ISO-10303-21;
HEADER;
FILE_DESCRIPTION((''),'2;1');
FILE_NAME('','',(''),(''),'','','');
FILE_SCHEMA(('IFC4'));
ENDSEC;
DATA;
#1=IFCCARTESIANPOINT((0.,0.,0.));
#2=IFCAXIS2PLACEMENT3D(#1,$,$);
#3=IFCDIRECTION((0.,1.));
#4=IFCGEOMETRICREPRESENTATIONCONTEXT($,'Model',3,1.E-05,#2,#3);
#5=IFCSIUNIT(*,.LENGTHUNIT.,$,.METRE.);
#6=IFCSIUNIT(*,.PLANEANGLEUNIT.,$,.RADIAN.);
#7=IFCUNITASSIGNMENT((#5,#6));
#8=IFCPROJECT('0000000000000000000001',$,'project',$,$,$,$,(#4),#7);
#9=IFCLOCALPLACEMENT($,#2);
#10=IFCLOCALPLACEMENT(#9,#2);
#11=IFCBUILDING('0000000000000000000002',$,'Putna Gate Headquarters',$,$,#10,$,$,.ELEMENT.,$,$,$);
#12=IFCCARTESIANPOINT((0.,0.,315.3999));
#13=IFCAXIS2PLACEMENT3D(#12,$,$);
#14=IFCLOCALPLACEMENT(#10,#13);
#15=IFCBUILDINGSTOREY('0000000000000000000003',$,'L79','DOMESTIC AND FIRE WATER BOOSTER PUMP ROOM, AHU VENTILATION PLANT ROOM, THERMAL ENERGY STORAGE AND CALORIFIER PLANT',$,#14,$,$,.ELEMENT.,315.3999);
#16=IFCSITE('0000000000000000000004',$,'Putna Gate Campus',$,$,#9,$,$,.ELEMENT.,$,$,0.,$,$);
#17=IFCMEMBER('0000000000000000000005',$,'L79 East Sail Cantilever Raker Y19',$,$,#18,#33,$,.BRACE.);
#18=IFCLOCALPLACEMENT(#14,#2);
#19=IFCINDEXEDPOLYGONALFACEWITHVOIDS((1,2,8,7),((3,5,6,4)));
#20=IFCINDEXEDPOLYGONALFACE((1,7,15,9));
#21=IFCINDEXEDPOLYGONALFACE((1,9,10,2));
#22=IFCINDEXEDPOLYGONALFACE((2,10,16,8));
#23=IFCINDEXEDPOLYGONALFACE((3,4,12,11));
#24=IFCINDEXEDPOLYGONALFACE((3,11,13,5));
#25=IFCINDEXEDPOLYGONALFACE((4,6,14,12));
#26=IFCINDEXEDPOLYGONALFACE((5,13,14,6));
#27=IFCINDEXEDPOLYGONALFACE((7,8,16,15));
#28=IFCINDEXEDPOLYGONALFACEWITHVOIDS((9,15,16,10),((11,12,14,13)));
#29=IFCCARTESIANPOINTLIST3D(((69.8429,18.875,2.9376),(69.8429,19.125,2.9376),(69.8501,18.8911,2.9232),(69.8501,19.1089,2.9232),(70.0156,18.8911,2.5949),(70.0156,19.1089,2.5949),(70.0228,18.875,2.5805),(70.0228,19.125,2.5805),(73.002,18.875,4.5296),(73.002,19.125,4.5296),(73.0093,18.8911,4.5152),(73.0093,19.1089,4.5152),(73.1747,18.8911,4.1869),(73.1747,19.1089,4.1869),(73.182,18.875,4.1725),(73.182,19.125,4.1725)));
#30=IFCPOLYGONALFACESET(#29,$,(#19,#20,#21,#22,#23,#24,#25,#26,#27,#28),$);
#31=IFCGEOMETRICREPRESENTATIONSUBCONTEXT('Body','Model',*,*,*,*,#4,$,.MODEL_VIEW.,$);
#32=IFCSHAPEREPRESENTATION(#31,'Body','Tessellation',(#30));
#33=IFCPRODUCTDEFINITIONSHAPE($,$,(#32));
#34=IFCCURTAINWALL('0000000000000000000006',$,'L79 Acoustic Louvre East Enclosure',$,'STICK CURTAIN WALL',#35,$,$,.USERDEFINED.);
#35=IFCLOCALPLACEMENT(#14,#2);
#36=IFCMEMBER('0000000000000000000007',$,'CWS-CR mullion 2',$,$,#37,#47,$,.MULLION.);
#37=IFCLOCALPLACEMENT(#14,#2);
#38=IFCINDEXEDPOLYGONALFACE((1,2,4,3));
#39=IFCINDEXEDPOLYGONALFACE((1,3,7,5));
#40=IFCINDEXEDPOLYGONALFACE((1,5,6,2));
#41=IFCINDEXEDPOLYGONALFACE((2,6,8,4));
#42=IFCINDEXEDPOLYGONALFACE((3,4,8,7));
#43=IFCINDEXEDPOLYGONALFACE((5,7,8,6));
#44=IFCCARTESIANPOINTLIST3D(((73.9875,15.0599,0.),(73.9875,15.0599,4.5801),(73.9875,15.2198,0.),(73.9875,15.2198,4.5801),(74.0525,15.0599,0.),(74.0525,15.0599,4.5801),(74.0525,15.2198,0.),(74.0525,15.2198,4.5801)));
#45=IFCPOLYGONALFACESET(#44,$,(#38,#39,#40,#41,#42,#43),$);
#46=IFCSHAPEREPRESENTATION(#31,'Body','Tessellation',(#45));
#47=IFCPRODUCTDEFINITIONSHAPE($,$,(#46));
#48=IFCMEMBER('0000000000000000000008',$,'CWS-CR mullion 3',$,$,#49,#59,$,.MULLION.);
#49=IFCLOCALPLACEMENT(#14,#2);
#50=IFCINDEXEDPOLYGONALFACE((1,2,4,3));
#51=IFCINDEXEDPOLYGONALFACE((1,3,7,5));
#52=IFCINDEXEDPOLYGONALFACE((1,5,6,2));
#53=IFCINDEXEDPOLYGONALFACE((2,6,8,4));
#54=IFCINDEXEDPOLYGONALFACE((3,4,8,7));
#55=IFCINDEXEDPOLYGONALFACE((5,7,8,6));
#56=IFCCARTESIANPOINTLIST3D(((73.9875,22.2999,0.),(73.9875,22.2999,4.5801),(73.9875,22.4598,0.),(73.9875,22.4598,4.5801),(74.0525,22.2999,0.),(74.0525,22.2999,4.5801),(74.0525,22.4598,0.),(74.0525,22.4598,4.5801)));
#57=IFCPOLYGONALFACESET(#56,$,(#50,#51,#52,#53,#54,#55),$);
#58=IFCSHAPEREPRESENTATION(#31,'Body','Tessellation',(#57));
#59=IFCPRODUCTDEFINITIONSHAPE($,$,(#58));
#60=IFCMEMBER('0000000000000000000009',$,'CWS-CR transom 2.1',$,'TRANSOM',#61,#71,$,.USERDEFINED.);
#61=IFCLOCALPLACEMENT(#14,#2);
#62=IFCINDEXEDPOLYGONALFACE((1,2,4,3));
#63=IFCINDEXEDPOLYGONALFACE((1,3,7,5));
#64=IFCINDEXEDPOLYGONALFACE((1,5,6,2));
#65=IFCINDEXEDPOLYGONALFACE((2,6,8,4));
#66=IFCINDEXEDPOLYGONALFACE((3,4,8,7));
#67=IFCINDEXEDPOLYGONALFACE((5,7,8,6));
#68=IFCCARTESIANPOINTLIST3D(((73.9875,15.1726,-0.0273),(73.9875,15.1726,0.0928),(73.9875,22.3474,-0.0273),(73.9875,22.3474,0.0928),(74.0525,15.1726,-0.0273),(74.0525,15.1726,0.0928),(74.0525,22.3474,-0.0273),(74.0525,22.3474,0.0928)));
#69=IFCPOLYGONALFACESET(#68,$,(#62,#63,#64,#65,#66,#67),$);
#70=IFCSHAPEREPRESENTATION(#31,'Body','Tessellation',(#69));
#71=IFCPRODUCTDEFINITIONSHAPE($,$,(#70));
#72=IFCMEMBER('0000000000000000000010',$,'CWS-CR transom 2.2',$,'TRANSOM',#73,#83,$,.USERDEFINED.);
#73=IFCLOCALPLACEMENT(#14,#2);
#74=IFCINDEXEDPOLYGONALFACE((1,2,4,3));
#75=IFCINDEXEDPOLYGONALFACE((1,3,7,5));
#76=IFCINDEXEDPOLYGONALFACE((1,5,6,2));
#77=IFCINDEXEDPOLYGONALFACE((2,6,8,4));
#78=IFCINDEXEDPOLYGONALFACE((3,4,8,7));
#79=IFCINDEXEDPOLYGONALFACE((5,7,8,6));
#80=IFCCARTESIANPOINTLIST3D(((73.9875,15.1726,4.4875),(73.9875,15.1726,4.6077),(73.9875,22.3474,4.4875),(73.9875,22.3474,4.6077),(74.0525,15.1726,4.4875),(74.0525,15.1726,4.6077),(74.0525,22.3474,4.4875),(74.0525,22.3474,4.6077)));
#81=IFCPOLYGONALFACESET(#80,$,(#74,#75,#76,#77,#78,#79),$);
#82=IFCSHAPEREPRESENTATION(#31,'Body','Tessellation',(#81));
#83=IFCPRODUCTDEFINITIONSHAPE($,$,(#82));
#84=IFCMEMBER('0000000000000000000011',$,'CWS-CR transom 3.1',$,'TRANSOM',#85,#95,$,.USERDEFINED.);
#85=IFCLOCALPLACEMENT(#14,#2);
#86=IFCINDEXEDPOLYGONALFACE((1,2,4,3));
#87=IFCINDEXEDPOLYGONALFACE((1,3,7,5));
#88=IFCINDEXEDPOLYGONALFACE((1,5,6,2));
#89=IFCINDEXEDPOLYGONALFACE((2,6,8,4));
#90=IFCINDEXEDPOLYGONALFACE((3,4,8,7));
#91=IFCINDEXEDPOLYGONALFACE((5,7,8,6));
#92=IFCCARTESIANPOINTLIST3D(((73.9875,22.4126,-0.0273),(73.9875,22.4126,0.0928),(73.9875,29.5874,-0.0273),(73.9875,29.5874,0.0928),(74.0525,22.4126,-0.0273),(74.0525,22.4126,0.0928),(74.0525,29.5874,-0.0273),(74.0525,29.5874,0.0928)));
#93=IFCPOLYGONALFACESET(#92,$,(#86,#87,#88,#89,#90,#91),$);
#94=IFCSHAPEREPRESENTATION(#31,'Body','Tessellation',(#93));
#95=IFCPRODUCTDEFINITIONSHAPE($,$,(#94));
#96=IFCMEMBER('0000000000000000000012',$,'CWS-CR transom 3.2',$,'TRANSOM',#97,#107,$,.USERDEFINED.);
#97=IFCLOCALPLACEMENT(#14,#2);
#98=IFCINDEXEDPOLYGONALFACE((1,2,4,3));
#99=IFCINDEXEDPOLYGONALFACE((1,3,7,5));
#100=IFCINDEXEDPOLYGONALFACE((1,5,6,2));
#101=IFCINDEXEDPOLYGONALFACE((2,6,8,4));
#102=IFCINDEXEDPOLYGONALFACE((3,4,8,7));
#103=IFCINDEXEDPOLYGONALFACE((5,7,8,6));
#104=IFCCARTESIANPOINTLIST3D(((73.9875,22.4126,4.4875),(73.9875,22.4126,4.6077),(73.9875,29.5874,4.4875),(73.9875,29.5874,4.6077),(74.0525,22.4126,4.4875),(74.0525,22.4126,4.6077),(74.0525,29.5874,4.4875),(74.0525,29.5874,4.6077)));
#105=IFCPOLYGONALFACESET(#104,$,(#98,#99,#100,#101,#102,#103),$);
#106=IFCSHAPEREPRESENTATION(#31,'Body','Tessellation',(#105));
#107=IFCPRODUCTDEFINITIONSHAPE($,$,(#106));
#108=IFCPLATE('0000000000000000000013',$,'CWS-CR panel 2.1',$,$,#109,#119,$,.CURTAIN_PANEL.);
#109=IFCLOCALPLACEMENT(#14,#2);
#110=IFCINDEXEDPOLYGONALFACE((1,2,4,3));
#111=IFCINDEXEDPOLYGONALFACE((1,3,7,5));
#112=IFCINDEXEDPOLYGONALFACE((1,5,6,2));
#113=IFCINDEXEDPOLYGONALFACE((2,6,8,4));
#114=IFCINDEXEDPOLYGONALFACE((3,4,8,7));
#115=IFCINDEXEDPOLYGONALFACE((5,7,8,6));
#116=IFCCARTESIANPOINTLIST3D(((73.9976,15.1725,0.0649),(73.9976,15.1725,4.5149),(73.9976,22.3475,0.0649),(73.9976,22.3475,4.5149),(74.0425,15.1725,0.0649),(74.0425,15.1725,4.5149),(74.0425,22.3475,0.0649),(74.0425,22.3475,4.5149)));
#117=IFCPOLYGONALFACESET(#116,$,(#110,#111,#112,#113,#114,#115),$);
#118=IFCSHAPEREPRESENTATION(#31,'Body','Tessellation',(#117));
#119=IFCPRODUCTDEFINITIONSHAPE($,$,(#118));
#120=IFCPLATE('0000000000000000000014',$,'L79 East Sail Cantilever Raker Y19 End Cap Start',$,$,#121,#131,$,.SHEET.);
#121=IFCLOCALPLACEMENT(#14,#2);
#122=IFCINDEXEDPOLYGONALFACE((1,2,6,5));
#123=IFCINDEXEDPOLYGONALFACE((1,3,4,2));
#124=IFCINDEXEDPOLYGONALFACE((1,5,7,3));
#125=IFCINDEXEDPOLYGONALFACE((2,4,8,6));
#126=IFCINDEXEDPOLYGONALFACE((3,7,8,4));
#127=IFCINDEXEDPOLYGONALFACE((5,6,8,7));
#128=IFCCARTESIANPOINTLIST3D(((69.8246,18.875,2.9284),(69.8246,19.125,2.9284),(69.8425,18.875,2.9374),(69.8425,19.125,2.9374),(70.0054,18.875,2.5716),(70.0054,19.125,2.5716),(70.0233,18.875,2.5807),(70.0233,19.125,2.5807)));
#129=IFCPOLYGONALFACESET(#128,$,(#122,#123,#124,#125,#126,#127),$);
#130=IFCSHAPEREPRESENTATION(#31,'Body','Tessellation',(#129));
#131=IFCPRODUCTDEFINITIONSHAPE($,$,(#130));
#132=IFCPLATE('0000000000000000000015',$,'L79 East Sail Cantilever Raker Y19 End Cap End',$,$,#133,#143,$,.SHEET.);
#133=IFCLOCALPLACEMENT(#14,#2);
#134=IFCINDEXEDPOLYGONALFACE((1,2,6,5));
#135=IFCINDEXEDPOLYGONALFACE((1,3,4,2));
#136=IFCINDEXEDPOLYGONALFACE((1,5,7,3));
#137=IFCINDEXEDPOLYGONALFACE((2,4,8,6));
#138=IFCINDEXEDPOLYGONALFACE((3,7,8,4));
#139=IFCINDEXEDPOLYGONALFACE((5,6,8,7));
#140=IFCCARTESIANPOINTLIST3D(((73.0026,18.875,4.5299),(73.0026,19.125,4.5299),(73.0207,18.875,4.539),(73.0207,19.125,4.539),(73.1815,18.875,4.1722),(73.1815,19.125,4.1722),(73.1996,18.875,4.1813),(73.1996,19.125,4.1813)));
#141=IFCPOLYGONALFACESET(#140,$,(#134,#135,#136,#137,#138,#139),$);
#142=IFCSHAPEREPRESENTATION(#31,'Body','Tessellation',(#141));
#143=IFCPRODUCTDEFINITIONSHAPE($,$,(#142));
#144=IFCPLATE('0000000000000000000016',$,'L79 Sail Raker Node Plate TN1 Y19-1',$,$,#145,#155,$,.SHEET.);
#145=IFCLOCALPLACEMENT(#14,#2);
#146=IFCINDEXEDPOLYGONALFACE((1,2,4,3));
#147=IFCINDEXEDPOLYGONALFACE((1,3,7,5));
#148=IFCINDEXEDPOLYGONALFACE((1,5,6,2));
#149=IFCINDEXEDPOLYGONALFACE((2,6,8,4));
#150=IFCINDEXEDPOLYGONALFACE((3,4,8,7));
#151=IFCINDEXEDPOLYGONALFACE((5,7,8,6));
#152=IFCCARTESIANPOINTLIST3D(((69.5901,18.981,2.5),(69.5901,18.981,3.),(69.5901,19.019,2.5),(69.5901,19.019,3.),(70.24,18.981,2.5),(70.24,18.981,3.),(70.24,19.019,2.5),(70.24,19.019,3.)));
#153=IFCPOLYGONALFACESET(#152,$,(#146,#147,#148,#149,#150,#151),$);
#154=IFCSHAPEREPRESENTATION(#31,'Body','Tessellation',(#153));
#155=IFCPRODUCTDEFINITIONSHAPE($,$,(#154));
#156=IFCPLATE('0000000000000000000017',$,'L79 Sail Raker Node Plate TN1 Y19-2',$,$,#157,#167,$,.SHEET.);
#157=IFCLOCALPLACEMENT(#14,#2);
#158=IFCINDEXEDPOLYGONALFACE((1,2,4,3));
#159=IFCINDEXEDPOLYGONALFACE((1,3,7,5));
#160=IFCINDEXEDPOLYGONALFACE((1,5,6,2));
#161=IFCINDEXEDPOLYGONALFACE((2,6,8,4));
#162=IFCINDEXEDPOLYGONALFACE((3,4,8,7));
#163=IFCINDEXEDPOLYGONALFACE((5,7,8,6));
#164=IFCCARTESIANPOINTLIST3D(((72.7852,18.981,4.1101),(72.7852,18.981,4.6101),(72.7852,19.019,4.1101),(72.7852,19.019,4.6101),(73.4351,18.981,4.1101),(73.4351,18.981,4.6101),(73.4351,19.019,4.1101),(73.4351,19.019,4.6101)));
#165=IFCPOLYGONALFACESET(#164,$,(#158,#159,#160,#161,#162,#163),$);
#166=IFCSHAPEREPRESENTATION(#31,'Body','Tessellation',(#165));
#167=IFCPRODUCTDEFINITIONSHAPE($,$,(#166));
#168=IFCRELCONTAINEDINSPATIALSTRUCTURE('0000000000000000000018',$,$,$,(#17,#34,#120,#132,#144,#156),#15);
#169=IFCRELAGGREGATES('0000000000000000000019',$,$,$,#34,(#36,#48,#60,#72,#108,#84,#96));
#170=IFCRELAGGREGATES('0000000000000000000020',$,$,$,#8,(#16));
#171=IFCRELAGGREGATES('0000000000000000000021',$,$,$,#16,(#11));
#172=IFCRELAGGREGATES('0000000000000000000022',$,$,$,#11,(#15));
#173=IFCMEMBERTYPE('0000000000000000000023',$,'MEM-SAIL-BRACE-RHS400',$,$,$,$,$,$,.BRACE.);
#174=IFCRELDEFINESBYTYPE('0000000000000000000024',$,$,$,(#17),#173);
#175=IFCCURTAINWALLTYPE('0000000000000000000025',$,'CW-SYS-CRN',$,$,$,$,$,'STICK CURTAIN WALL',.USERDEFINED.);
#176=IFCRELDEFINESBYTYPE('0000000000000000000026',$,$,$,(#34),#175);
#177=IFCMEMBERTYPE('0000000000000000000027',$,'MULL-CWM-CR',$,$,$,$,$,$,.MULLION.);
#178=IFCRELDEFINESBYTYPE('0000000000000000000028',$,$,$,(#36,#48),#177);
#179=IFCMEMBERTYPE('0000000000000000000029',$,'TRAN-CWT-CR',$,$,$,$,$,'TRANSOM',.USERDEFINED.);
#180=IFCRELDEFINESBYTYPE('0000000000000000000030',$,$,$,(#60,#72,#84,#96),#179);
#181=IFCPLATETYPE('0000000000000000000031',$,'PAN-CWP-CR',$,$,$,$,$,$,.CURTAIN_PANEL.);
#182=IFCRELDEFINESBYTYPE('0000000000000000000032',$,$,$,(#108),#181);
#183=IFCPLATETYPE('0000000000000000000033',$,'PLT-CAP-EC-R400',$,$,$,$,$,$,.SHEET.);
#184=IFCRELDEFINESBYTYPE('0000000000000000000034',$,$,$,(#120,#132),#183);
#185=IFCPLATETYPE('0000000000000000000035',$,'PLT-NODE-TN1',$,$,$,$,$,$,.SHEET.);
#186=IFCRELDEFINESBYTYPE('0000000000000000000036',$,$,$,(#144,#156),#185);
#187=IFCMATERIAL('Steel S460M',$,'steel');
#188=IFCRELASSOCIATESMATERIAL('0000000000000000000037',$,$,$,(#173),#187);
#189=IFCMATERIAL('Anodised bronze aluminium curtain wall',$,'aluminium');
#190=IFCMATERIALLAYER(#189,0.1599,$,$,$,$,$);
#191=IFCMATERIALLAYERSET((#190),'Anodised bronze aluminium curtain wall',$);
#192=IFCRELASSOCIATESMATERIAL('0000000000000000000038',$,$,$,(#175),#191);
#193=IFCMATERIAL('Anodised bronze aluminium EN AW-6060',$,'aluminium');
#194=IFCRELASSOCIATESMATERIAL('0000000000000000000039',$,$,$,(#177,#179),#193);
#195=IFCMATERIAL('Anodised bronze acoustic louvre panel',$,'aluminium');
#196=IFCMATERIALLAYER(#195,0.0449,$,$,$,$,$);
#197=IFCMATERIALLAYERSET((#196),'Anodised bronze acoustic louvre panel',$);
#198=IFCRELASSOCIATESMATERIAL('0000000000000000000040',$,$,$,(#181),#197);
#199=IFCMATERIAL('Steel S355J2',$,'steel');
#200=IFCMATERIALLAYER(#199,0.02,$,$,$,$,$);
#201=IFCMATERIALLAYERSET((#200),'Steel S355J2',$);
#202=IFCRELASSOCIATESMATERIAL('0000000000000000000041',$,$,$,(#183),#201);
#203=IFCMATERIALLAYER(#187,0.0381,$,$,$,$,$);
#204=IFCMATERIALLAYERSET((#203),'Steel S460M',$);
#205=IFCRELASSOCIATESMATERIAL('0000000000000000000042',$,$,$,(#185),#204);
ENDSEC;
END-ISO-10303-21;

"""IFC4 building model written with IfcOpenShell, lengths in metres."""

from ifc_helpers import new_model, si_unit, direction, frame, origin, origin_2d, place, context, subcontext, project, spatial, rectangle, hollow_rectangle, extrude, material, layer, layer_set, material_profile, profile_set, type_object, element, aggregate, save


model = new_model("IFC4")

# Units and contexts
model_context = context("Model", 3, precision=1e-05, world=origin(), true_north=direction((0.0, 1.0)))
body_context = subcontext(model_context, "Body", "Model", "MODEL_VIEW")
ifc_project = project(units=[si_unit("LENGTHUNIT", "METRE"), si_unit("PLANEANGLEUNIT", "RADIAN")], contexts=[model_context])

# Site, building, storey
site_placement = place(None, origin())
site = spatial("IfcSite", under=ifc_project, at=site_placement, Name="Putna Gate Campus", CompositionType="ELEMENT", RefElevation=0.0)
building_placement = place(site_placement, origin())
building = spatial("IfcBuilding", under=site, at=building_placement, Name="Putna Gate Headquarters", CompositionType="ELEMENT")
storey_placement = place(building_placement, frame((0.0, 0.0, 315.3999)))
storey = spatial("IfcBuildingStorey", under=building, at=storey_placement, Name="L79", Description="DOMESTIC AND FIRE WATER BOOSTER PUMP ROOM, AHU VENTILATION PLANT ROOM, THERMAL ENERGY STORAGE AND CALORIFIER PLANT", CompositionType="ELEMENT", Elevation=315.3999)

# Shared definitions
ifc_material_1 = material(Name="Steel S460M", Category="steel")

# Shared definitions
ifc_material_2 = material(Name="Steel S355J2", Category="steel")

# Member
ifc_material_profile_1 = material_profile(ifc_material_1, hollow_rectangle(XDim=0.25, YDim=0.3999, WallThickness=0.0161, at=origin_2d()), Name="Steel S460M")
ifc_profile_set_1 = profile_set([ifc_material_profile_1], Name="Steel S460M")
member_type_1 = type_object("IfcMemberType", Name="MEM-SAIL-BRACE-RHS400", PredefinedType="BRACE", material=ifc_profile_set_1)
member_1_placement = place(storey_placement, frame((69.9329, 19.0, 2.759), z_axis=(0.893015, 0.0, 0.450027), x_axis=(0.0, 1.0, 0.0)))
element("IfcMember", 1, at=member_1_placement, inside=storey, type_object=member_type_1, Name="L79 East Sail Cantilever Raker Y19", PredefinedType="BRACE", context=body_context, shape_type="SweptSolid", body=[
    extrude(hollow_rectangle(XDim=0.25, YDim=0.3999, WallThickness=0.0161, at=origin_2d()), origin(), (0.0, 0.0, 1.0), 3.5376),
])

# Curtain wall, members, plate
ifc_material_3 = material(Name="Anodised bronze aluminium curtain wall", Category="aluminium")
ifc_layer_1 = layer(ifc_material_3, 0.1599)
ifc_layer_set_1 = layer_set([ifc_layer_1], Name="Anodised bronze aluminium curtain wall")
curtain_wall_type = type_object("IfcCurtainWallType", Name="CW-SYS-CRN", ElementType="STICK CURTAIN WALL", PredefinedType="USERDEFINED", material=ifc_layer_set_1)
curtain_wall_placement = place(storey_placement, origin())
curtain_wall = element("IfcCurtainWall", 2, at=curtain_wall_placement, inside=storey, type_object=curtain_wall_type, Name="L79 Acoustic Louvre East Enclosure", ObjectType="STICK CURTAIN WALL", PredefinedType="USERDEFINED")
ifc_material_4 = material(Name="Anodised bronze aluminium EN AW-6060", Category="aluminium")
ifc_material_profile_2 = material_profile(ifc_material_4, rectangle(XDim=0.0649, YDim=0.1599, at=origin_2d()), Name="Anodised bronze aluminium EN AW-6060")
ifc_profile_set_2 = profile_set([ifc_material_profile_2], Name="Anodised bronze aluminium EN AW-6060")
member_type_2 = type_object("IfcMemberType", Name="MULL-CWM-CR", PredefinedType="MULLION", material=ifc_profile_set_2)
member_2_placement = place(storey_placement, frame((74.02, 15.1399, 0.0), z_axis=(0.0, 0.0, 1.0), x_axis=(-1.0, 0.0, 0.0)))
member_2 = element("IfcMember", 3, at=member_2_placement, type_object=member_type_2, Name="CWS-CR mullion 2", PredefinedType="MULLION", context=body_context, shape_type="SweptSolid", body=[
    extrude(rectangle(XDim=0.0649, YDim=0.1599, at=origin_2d()), origin(), (0.0, 0.0, 1.0), 4.5801),
])
member_3_placement = place(storey_placement, frame((74.02, 22.3799, 0.0), z_axis=(0.0, 0.0, 1.0), x_axis=(-1.0, 0.0, 0.0)))
member_3 = element("IfcMember", 4, at=member_3_placement, type_object=member_type_2, Name="CWS-CR mullion 3", PredefinedType="MULLION", context=body_context, shape_type="SweptSolid", body=[
    extrude(rectangle(XDim=0.0649, YDim=0.1599, at=origin_2d()), origin(), (0.0, 0.0, 1.0), 4.5801),
])
ifc_material_profile_3 = material_profile(ifc_material_4, rectangle(XDim=0.0649, YDim=0.1201, at=origin_2d()), Name="Anodised bronze aluminium EN AW-6060")
ifc_profile_set_3 = profile_set([ifc_material_profile_3], Name="Anodised bronze aluminium EN AW-6060")
member_type_3 = type_object("IfcMemberType", Name="TRAN-CWT-CR", ElementType="TRANSOM", PredefinedType="USERDEFINED", material=ifc_profile_set_3)
member_4_placement = place(storey_placement, frame((74.02, 15.1726, 0.0327), z_axis=(0.0, 1.0, 0.0), x_axis=(-1.0, 0.0, 0.0)))
member_4 = element("IfcMember", 5, at=member_4_placement, type_object=member_type_3, Name="CWS-CR transom 2.1", ObjectType="TRANSOM", PredefinedType="USERDEFINED", context=body_context, shape_type="SweptSolid", body=[
    extrude(rectangle(XDim=0.0649, YDim=0.1201, at=origin_2d()), origin(), (0.0, 0.0, 1.0), 7.1748),
])
member_5_placement = place(storey_placement, frame((74.02, 15.1726, 4.5476), z_axis=(0.0, 1.0, 0.0), x_axis=(-1.0, 0.0, 0.0)))
member_5 = element("IfcMember", 6, at=member_5_placement, type_object=member_type_3, Name="CWS-CR transom 2.2", ObjectType="TRANSOM", PredefinedType="USERDEFINED", context=body_context, shape_type="SweptSolid", body=[
    extrude(rectangle(XDim=0.0649, YDim=0.1201, at=origin_2d()), origin(), (0.0, 0.0, 1.0), 7.1748),
])
member_6_placement = place(storey_placement, frame((74.02, 22.4126, 0.0327), z_axis=(0.0, 1.0, 0.0), x_axis=(-1.0, 0.0, 0.0)))
member_6 = element("IfcMember", 7, at=member_6_placement, type_object=member_type_3, Name="CWS-CR transom 3.1", ObjectType="TRANSOM", PredefinedType="USERDEFINED", context=body_context, shape_type="SweptSolid", body=[
    extrude(rectangle(XDim=0.0649, YDim=0.1201, at=origin_2d()), origin(), (0.0, 0.0, 1.0), 7.1748),
])
member_7_placement = place(storey_placement, frame((74.02, 22.4126, 4.5476), z_axis=(0.0, 1.0, 0.0), x_axis=(-1.0, 0.0, 0.0)))
member_7 = element("IfcMember", 8, at=member_7_placement, type_object=member_type_3, Name="CWS-CR transom 3.2", ObjectType="TRANSOM", PredefinedType="USERDEFINED", context=body_context, shape_type="SweptSolid", body=[
    extrude(rectangle(XDim=0.0649, YDim=0.1201, at=origin_2d()), origin(), (0.0, 0.0, 1.0), 7.1748),
])
ifc_material_5 = material(Name="Anodised bronze acoustic louvre panel", Category="aluminium")
ifc_layer_2 = layer(ifc_material_5, 0.0449)
ifc_layer_set_2 = layer_set([ifc_layer_2], Name="Anodised bronze acoustic louvre panel")
plate_type_1 = type_object("IfcPlateType", Name="PAN-CWP-CR", PredefinedType="CURTAIN_PANEL", material=ifc_layer_set_2)
plate_1_placement = place(storey_placement, frame((74.02, 18.76, 0.0649), z_axis=(0.0, 0.0, 1.0), x_axis=(0.0, 1.0, 0.0)))
plate_1 = element("IfcPlate", 9, at=plate_1_placement, type_object=plate_type_1, Name="CWS-CR panel 2.1", PredefinedType="CURTAIN_PANEL", context=body_context, shape_type="SweptSolid", body=[
    extrude(rectangle(XDim=7.175, YDim=0.0449, at=origin_2d()), origin(), (0.0, 0.0, 1.0), 4.45),
])
aggregate(curtain_wall, [member_2, member_3, member_4, member_5, plate_1, member_6, member_7])

# Plates
ifc_layer_3 = layer(ifc_material_2, 0.02)
ifc_layer_set_3 = layer_set([ifc_layer_3], Name="Steel S355J2")
plate_type_2 = type_object("IfcPlateType", Name="PLT-CAP-EC-R400", PredefinedType="SHEET", material=ifc_layer_set_3)
plate_2_placement = place(storey_placement, frame((69.915, 19.0, 2.75), z_axis=(0.89197, 0.0, 0.452094), x_axis=(0.0, 1.0, 0.0)))
element("IfcPlate", 10, at=plate_2_placement, inside=storey, type_object=plate_type_2, Name="L79 East Sail Cantilever Raker Y19 End Cap Start", PredefinedType="SHEET", context=body_context, shape_type="SweptSolid", body=[
    extrude(rectangle(XDim=0.25, YDim=0.3999, at=origin_2d()), origin(), (0.0, 0.0, 1.0), 0.02),
])
plate_3_placement = place(storey_placement, frame((73.092, 19.0, 4.3511), z_axis=(0.894427, 0.0, 0.447214), x_axis=(0.0, 1.0, 0.0)))
element("IfcPlate", 11, at=plate_3_placement, inside=storey, type_object=plate_type_2, Name="L79 East Sail Cantilever Raker Y19 End Cap End", PredefinedType="SHEET", context=body_context, shape_type="SweptSolid", body=[
    extrude(rectangle(XDim=0.25, YDim=0.3999, at=origin_2d()), origin(), (0.0, 0.0, 1.0), 0.0203),
])
ifc_layer_4 = layer(ifc_material_1, 0.0381)
ifc_layer_set_4 = layer_set([ifc_layer_4], Name="Steel S460M")
plate_type_3 = type_object("IfcPlateType", Name="PLT-NODE-TN1", PredefinedType="SHEET", material=ifc_layer_set_4)
for number, where, z_axis, x_axis, name in (
    (12, (69.915, 19.0, 2.5), (0.0, 0.0, 1.0), (1.0, 0.0, 0.0), "L79 Sail Raker Node Plate TN1 Y19-1"),
    (13, (73.1101, 19.0, 4.1101), (0.0, 0.0, 1.0), (1.0, 0.0, 0.0), "L79 Sail Raker Node Plate TN1 Y19-2"),
):
    element("IfcPlate", number, at=place(storey_placement, frame(where, z_axis=z_axis, x_axis=x_axis)), inside=storey, type_object=plate_type_3, Name=name, PredefinedType="SHEET", context=body_context, shape_type="SweptSolid", body=[
        extrude(rectangle(XDim=0.6499, YDim=0.0381, at=origin_2d()), origin(), (0.0, 0.0, 1.0), 0.5),
    ])

save(model, "model.ifc")
